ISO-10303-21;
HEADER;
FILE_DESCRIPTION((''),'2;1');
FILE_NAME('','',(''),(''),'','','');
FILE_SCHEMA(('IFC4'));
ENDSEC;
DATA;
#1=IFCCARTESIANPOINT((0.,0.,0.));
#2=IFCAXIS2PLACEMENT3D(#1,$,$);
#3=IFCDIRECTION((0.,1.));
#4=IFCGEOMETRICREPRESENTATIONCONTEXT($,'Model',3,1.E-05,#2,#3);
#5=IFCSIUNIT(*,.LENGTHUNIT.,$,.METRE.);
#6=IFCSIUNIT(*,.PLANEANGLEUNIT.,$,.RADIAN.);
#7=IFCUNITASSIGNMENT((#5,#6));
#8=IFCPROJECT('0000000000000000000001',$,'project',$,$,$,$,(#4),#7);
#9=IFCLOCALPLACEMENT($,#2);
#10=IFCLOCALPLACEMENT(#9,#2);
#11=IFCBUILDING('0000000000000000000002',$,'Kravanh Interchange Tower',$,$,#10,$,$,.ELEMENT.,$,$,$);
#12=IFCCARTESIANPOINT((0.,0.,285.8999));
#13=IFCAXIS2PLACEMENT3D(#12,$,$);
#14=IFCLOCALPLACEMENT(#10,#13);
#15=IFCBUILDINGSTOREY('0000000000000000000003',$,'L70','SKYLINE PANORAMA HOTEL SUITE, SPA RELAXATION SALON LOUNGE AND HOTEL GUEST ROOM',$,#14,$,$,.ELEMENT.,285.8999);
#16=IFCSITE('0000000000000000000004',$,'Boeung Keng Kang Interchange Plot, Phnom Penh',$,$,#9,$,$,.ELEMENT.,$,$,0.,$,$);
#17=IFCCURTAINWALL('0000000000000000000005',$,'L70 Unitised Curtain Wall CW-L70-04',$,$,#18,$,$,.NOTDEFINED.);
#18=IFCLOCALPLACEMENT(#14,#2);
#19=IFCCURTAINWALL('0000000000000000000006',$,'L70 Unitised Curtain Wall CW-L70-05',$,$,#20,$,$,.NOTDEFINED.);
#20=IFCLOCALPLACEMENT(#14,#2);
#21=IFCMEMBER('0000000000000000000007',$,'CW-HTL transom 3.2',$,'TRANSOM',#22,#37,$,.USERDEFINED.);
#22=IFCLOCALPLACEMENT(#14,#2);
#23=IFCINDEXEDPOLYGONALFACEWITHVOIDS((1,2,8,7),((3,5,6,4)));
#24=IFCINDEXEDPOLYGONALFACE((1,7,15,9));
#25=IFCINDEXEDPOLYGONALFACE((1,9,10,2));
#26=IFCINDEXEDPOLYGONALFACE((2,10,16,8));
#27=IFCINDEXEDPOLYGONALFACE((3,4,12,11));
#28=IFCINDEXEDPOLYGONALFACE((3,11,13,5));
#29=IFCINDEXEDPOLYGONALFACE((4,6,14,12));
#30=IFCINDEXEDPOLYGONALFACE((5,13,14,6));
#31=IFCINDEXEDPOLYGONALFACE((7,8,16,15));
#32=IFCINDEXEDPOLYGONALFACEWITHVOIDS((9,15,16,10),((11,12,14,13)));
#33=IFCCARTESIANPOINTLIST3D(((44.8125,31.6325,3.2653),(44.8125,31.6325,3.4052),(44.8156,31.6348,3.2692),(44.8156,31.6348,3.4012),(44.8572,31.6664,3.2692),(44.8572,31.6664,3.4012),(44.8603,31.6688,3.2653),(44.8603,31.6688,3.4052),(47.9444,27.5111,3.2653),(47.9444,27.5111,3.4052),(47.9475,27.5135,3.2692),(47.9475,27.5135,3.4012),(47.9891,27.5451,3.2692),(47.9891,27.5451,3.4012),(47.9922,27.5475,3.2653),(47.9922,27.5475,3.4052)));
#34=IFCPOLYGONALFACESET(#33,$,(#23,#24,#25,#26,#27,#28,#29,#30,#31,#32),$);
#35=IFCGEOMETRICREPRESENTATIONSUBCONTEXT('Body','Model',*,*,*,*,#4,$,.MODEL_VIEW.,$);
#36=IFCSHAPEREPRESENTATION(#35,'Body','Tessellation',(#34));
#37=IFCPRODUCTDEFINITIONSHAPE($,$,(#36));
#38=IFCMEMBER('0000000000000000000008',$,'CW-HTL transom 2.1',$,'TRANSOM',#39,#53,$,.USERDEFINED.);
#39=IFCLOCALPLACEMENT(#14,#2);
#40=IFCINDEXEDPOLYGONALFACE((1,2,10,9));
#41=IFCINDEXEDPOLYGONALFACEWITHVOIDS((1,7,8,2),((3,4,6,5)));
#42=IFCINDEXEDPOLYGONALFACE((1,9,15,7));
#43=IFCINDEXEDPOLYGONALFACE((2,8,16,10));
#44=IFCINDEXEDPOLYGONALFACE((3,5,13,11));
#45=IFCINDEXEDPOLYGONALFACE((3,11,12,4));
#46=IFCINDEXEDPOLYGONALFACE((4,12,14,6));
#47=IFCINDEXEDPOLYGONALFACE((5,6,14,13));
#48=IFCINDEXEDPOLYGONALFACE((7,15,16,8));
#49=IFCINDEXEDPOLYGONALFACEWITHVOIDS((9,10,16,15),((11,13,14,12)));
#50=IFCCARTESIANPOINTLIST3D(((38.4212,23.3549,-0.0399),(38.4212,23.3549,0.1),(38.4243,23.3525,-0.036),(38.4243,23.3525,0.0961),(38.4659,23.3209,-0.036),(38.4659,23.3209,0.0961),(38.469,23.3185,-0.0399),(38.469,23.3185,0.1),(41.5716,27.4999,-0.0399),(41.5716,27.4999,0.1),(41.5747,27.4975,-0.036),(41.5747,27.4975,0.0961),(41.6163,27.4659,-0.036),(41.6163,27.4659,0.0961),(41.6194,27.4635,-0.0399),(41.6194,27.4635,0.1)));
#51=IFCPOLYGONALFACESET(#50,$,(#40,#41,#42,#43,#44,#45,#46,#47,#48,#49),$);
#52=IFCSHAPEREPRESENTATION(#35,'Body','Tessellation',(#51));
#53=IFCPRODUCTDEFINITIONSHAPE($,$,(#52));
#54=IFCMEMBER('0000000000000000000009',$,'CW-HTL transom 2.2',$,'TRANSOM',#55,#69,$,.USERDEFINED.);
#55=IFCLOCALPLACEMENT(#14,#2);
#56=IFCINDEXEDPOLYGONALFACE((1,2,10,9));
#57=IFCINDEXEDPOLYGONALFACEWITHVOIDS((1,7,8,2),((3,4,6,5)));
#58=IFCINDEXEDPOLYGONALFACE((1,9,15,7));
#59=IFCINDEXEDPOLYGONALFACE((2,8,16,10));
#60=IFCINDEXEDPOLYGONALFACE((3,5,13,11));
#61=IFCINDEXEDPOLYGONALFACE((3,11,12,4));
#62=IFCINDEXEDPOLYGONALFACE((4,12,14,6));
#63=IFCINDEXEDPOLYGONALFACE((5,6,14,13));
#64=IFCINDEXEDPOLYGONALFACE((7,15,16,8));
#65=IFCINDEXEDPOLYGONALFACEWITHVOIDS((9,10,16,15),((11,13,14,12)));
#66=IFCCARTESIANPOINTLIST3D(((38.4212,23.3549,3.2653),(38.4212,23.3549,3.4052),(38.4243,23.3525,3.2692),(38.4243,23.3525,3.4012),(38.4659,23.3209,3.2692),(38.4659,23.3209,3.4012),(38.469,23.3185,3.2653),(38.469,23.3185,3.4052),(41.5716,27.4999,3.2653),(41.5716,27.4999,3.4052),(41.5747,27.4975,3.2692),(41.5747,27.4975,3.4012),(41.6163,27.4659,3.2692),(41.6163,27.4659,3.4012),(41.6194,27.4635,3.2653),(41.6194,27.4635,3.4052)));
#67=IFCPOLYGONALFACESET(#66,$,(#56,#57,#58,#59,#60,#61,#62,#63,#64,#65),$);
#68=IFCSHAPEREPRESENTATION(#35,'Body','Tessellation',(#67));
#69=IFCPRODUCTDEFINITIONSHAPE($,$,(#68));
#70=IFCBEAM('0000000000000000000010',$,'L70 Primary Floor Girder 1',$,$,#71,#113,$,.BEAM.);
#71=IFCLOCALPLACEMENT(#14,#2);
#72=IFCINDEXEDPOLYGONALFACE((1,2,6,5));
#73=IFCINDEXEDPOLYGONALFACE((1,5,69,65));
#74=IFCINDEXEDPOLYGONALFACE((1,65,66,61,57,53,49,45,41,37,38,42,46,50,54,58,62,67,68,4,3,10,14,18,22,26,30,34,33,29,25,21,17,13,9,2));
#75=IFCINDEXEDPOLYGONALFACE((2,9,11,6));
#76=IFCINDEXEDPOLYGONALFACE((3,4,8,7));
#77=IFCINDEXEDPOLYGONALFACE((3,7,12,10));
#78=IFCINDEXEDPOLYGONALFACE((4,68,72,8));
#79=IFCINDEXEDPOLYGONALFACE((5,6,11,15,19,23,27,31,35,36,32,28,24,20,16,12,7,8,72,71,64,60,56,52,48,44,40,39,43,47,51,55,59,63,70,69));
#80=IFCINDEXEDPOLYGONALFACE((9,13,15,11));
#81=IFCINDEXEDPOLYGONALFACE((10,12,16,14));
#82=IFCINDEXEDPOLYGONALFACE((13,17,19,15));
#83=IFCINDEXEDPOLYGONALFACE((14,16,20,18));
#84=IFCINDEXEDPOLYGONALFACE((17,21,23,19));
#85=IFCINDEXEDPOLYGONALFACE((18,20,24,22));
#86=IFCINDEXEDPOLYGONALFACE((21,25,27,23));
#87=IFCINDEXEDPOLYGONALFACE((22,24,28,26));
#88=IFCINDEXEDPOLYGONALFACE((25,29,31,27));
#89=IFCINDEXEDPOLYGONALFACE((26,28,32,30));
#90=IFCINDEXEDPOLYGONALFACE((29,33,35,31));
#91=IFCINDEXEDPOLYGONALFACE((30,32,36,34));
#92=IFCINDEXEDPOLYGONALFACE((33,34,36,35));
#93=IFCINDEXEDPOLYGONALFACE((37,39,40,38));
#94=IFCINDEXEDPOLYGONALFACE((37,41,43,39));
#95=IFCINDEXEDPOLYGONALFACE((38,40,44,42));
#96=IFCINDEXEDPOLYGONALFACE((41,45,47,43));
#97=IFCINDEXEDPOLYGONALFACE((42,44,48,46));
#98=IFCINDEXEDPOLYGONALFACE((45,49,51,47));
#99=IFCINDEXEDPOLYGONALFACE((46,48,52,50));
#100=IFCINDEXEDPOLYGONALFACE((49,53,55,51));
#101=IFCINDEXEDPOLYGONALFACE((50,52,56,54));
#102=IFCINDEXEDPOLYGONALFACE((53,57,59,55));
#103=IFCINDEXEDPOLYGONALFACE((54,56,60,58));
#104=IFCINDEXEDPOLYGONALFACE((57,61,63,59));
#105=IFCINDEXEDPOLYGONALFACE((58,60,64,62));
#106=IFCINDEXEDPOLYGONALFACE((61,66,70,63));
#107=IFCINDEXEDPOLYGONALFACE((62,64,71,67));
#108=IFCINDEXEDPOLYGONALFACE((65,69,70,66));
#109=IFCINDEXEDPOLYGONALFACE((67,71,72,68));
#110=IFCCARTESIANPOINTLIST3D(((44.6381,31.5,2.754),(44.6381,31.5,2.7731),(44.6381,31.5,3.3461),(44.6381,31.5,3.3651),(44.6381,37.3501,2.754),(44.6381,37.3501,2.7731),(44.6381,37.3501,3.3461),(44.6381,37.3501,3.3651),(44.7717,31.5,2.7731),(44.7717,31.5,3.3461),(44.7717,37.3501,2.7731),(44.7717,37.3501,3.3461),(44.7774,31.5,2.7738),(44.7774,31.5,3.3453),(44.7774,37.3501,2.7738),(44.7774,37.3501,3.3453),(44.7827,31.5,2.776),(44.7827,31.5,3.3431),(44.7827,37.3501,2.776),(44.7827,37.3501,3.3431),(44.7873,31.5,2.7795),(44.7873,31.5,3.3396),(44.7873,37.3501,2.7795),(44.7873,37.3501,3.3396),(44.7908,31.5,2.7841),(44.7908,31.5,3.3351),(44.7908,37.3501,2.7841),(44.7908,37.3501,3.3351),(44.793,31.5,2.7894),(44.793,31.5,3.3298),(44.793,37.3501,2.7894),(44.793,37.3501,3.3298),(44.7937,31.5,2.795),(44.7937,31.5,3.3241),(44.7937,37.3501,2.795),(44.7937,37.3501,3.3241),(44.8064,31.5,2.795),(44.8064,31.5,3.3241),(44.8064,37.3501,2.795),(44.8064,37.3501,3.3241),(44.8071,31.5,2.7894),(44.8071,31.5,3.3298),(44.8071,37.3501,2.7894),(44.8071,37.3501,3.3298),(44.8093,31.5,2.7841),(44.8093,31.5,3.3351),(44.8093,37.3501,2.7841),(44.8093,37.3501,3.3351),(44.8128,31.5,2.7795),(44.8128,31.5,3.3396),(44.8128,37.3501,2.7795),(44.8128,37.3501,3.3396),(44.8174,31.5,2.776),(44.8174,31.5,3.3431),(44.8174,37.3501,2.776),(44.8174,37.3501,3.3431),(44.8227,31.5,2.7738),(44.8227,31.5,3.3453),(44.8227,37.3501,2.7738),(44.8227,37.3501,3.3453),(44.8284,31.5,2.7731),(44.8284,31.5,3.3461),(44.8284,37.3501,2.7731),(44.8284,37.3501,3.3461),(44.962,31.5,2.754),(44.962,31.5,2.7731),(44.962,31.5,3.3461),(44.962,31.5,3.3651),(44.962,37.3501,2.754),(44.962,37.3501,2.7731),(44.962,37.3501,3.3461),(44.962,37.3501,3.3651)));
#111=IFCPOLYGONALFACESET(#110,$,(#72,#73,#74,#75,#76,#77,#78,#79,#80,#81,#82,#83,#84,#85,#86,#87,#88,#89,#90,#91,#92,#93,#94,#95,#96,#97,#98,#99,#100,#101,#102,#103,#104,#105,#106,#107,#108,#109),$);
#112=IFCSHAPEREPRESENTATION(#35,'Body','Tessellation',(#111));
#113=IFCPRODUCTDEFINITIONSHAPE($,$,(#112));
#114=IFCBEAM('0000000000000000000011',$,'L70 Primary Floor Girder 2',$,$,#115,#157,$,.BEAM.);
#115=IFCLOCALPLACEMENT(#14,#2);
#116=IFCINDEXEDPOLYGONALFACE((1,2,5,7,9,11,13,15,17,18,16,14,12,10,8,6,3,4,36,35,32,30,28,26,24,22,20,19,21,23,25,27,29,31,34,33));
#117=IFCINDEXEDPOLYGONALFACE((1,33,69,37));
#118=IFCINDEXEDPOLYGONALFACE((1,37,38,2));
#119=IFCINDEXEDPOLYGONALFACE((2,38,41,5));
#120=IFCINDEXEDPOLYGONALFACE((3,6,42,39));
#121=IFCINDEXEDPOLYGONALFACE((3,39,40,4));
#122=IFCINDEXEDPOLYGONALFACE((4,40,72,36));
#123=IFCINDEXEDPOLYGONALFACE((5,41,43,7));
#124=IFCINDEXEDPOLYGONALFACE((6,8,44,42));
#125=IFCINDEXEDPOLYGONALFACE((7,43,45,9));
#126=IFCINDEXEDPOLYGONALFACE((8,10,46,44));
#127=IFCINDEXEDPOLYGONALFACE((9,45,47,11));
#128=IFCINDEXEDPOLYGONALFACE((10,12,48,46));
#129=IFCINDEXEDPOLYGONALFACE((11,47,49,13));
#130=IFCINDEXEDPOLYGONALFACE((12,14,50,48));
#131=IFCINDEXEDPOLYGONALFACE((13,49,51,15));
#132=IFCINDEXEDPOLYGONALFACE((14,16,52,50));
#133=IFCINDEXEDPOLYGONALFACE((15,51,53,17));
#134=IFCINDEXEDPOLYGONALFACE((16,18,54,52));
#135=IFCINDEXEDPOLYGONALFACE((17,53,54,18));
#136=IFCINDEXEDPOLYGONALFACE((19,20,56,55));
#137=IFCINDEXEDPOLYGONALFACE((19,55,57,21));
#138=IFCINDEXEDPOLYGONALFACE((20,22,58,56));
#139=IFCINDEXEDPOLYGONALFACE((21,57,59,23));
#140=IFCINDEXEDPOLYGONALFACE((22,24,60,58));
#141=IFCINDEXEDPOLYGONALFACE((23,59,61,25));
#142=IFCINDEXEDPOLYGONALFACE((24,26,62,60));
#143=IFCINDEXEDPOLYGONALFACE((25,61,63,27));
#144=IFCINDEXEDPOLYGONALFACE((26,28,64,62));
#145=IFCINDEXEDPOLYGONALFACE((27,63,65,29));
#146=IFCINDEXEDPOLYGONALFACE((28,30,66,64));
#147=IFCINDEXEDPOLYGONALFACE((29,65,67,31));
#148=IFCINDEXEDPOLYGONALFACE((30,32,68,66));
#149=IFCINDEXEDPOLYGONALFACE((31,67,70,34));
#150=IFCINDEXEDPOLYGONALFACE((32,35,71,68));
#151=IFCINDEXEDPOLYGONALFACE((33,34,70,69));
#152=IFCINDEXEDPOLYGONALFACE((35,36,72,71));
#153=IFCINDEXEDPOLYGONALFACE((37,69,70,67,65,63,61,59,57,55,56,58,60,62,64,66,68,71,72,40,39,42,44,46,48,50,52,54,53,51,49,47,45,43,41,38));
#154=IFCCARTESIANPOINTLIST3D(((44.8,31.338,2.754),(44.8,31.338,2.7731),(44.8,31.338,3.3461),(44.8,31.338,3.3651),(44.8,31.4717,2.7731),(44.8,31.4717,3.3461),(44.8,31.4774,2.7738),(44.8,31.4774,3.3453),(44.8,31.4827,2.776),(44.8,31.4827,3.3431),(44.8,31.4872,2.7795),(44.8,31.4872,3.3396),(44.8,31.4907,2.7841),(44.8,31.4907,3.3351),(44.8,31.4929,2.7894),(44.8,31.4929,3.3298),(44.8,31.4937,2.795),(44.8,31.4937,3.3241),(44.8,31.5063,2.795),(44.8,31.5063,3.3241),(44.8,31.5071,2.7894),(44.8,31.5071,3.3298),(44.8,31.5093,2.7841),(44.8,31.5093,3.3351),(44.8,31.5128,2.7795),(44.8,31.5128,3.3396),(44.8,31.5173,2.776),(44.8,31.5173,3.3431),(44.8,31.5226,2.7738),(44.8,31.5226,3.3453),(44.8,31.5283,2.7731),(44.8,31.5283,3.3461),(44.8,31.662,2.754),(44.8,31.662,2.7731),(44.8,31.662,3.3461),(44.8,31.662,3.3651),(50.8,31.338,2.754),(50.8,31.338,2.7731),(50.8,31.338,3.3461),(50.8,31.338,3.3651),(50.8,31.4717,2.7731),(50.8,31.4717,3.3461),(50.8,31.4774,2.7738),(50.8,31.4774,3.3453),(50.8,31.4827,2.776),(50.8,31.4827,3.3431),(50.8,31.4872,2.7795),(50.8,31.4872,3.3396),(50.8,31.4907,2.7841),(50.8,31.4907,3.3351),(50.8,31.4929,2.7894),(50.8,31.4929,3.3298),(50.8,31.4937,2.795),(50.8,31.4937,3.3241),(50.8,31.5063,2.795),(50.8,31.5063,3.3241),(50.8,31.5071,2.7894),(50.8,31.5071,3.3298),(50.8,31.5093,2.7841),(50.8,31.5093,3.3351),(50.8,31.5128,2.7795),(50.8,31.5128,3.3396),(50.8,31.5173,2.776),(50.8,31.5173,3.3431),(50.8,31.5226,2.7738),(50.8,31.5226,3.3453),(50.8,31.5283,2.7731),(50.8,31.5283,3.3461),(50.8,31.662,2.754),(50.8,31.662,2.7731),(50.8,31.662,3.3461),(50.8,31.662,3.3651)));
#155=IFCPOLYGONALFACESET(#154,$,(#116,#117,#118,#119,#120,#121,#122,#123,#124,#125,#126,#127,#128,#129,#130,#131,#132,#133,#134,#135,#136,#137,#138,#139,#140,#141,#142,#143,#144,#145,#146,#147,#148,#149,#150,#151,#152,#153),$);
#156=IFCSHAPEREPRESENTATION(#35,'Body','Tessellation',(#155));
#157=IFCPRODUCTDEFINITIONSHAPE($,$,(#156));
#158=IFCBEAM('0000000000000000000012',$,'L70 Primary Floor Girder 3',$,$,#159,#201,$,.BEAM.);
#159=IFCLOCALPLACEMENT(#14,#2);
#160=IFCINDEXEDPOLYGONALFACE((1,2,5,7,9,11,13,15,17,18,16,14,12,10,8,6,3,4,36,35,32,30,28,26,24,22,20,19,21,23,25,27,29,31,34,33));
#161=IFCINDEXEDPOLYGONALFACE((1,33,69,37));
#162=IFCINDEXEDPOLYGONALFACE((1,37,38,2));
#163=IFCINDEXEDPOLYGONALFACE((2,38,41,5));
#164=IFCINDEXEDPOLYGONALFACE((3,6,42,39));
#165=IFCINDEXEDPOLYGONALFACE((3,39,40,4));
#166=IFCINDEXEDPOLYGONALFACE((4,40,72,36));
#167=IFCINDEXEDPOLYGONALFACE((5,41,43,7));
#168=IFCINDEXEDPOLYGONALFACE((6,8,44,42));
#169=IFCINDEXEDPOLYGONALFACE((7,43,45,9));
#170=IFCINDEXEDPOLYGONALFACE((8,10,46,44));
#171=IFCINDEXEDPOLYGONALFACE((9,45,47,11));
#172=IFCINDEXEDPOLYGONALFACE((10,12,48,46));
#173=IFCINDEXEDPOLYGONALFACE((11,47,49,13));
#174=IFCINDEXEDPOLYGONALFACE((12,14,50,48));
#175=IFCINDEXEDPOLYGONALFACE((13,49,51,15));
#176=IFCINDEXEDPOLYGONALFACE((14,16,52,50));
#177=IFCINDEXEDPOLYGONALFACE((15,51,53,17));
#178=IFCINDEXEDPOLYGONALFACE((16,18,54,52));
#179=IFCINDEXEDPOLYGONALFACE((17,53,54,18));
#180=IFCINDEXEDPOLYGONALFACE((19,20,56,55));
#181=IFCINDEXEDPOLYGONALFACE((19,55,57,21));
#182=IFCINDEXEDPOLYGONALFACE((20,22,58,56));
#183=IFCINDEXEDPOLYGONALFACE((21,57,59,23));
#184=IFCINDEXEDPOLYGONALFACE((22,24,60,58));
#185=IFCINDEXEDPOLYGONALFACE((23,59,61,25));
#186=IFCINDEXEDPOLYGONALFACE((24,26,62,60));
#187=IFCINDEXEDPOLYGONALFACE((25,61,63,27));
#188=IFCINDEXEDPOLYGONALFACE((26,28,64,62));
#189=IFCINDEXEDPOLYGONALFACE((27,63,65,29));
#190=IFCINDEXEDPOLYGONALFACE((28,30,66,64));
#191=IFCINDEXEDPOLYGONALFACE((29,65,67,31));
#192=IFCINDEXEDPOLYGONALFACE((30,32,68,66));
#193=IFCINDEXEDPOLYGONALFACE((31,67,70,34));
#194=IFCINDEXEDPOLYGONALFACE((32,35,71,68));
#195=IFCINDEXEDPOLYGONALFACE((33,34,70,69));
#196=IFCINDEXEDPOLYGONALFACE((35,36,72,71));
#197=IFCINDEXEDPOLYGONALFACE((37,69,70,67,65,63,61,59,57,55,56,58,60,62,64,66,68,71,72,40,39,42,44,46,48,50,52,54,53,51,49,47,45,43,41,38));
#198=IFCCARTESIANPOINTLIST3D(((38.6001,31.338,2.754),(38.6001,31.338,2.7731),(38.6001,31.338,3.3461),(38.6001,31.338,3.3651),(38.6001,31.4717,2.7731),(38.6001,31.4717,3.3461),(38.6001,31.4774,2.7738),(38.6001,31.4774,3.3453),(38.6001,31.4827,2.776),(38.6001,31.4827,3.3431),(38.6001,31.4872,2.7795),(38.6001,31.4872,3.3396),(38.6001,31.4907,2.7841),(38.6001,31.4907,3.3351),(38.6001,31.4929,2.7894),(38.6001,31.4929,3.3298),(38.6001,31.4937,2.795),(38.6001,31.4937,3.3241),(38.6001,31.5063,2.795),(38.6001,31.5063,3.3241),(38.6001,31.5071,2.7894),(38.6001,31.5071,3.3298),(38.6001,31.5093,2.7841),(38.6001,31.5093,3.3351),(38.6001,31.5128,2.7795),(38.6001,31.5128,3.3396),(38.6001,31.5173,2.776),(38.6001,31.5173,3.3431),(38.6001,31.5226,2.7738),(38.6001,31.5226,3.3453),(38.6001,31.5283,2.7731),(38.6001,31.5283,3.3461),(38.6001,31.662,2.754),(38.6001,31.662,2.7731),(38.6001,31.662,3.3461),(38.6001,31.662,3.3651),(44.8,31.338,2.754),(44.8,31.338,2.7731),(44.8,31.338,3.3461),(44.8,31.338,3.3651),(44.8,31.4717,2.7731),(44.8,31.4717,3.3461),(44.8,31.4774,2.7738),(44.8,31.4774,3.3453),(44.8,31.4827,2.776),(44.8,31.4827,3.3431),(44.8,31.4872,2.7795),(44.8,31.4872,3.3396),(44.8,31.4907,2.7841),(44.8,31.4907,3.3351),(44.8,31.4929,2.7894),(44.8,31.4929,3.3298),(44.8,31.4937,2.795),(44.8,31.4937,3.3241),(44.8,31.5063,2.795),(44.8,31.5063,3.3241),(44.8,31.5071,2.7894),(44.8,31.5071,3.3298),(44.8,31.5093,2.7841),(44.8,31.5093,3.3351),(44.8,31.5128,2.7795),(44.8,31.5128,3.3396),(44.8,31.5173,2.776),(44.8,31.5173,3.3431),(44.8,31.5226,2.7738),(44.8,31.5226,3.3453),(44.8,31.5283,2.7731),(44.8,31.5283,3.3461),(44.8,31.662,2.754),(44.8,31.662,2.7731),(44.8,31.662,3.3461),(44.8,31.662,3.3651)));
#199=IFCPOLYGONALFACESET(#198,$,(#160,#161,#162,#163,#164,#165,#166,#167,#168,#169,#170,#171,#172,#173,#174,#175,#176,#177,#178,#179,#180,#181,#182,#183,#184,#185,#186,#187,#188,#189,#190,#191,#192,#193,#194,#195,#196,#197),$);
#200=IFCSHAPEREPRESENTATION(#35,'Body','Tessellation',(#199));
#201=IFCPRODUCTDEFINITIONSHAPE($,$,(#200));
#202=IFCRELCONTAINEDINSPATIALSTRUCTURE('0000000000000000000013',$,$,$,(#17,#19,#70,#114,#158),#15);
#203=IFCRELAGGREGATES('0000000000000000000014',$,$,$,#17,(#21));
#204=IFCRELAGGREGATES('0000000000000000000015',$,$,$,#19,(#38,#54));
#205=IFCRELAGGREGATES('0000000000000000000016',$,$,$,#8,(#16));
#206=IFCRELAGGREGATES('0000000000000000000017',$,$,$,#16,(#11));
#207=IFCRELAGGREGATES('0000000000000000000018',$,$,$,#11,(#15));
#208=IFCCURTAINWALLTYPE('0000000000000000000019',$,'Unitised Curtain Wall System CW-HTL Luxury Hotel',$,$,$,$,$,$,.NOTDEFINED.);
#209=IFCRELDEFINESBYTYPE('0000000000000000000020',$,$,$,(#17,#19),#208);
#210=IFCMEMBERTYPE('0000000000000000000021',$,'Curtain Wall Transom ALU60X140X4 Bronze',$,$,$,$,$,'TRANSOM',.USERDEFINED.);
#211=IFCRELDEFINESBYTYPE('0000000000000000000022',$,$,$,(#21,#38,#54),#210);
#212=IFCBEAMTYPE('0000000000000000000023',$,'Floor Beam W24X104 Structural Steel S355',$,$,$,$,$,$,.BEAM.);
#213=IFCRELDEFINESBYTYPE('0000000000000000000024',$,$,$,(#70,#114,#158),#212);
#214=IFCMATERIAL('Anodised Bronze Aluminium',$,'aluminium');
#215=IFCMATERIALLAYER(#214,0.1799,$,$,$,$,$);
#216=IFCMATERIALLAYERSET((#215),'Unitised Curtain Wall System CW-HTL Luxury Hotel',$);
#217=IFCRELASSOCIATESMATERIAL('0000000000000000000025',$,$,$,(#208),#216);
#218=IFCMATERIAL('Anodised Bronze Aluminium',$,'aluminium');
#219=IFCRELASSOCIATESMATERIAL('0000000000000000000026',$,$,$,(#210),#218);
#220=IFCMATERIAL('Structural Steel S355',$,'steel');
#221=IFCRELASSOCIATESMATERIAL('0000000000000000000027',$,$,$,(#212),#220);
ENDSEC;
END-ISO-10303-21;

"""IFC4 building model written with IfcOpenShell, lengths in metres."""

from ifc_helpers import new_model, si_unit, direction, frame, origin, origin_2d, place, context, subcontext, project, spatial, hollow_rectangle, i_section, extrude, material, layer, layer_set, material_profile, profile_set, type_object, element, aggregate, save


model = new_model("IFC4")

# Units and contexts
model_context = context("Model", 3, precision=1e-05, world=origin(), true_north=direction((0.0, 1.0)))
body_context = subcontext(model_context, "Body", "Model", "MODEL_VIEW")
ifc_project = project(units=[si_unit("LENGTHUNIT", "METRE"), si_unit("PLANEANGLEUNIT", "RADIAN")], contexts=[model_context])

# Site, building, storey
site_placement = place(None, origin())
site = spatial("IfcSite", under=ifc_project, at=site_placement, Name="Boeung Keng Kang Interchange Plot, Phnom Penh", CompositionType="ELEMENT", RefElevation=0.0)
building_placement = place(site_placement, origin())
building = spatial("IfcBuilding", under=site, at=building_placement, Name="Kravanh Interchange Tower", CompositionType="ELEMENT")
storey_placement = place(building_placement, frame((0.0, 0.0, 285.8999)))
storey = spatial("IfcBuildingStorey", under=building, at=storey_placement, Name="L70", Description="SKYLINE PANORAMA HOTEL SUITE, SPA RELAXATION SALON LOUNGE AND HOTEL GUEST ROOM", CompositionType="ELEMENT", Elevation=285.8999)

# Curtain walls
ifc_material_1 = material(Name="Anodised Bronze Aluminium", Category="aluminium")
ifc_layer_1 = layer(ifc_material_1, 0.1799)
ifc_layer_set_1 = layer_set([ifc_layer_1], Name="Unitised Curtain Wall System CW-HTL Luxury Hotel")
curtain_wall_type = type_object("IfcCurtainWallType", Name="Unitised Curtain Wall System CW-HTL Luxury Hotel", PredefinedType="NOTDEFINED", material=ifc_layer_set_1)
curtain_wall_1_placement = place(storey_placement, origin())
curtain_wall_1 = element("IfcCurtainWall", 1, at=curtain_wall_1_placement, inside=storey, type_object=curtain_wall_type, Name="L70 Unitised Curtain Wall CW-L70-04", PredefinedType="NOTDEFINED")
curtain_wall_2_placement = place(storey_placement, origin())
curtain_wall_2 = element("IfcCurtainWall", 2, at=curtain_wall_2_placement, inside=storey, type_object=curtain_wall_type, Name="L70 Unitised Curtain Wall CW-L70-05", PredefinedType="NOTDEFINED")

# Members
ifc_material_2 = material(Name="Anodised Bronze Aluminium", Category="aluminium")
ifc_material_profile_1 = material_profile(ifc_material_2, hollow_rectangle(XDim=0.0601, YDim=0.1399, WallThickness=0.0039, at=origin_2d()), Name="ALU60X140X4")
ifc_profile_set_1 = profile_set([ifc_material_profile_1], Name="Anodised Bronze Aluminium")
member_type_1 = type_object("IfcMemberType", Name="Curtain Wall Transom ALU60X140X4 Bronze", ElementType="TRANSOM", PredefinedType="USERDEFINED", material=ifc_profile_set_1)
member_1_placement = place(storey_placement, frame((47.9683, 27.5293, 3.3352), z_axis=(-0.605037, 0.796198, 0.0), x_axis=(-0.796198, -0.605037, 0.0)))
member_1 = element("IfcMember", 3, at=member_1_placement, type_object=member_type_1, Name="CW-HTL transom 3.2", ObjectType="TRANSOM", PredefinedType="USERDEFINED", context=body_context, shape_type="SweptSolid", body=[
    extrude(hollow_rectangle(XDim=0.0601, YDim=0.1399, WallThickness=0.0039, at=origin_2d()), origin(), (0.0, 0.0, 1.0), 5.1763),
])
member_2_placement = place(storey_placement, frame((41.5955, 27.4817, 0.03), z_axis=(-0.605105, -0.796146, 0.0), x_axis=(0.796146, -0.605105, 0.0)))
member_2 = element("IfcMember", 4, at=member_2_placement, type_object=member_type_1, Name="CW-HTL transom 2.1", ObjectType="TRANSOM", PredefinedType="USERDEFINED", context=body_context, shape_type="SweptSolid", body=[
    extrude(hollow_rectangle(XDim=0.0601, YDim=0.1399, WallThickness=0.0039, at=origin_2d()), origin(), (0.0, 0.0, 1.0), 5.2063),
])
member_3_placement = place(storey_placement, frame((41.5955, 27.4817, 3.3352), z_axis=(-0.605105, -0.796146, 0.0), x_axis=(0.796146, -0.605105, 0.0)))
member_3 = element("IfcMember", 5, at=member_3_placement, type_object=member_type_1, Name="CW-HTL transom 2.2", ObjectType="TRANSOM", PredefinedType="USERDEFINED", context=body_context, shape_type="SweptSolid", body=[
    extrude(hollow_rectangle(XDim=0.0601, YDim=0.1399, WallThickness=0.0039, at=origin_2d()), origin(), (0.0, 0.0, 1.0), 5.2063),
])

# Beams
ifc_material_3 = material(Name="Structural Steel S355", Category="steel")
ifc_material_profile_2 = material_profile(ifc_material_3, i_section(OverallWidth=0.324, OverallDepth=0.6111, WebThickness=0.0127, FlangeThickness=0.019, FilletRadius=0.022, at=origin_2d()), Name="W24X104")
ifc_profile_set_2 = profile_set([ifc_material_profile_2], Name="Structural Steel S355")
beam_type_1 = type_object("IfcBeamType", Name="Floor Beam W24X104 Structural Steel S355", PredefinedType="BEAM", material=ifc_profile_set_2)
beam_1_placement = place(storey_placement, frame((44.8, 31.5, 3.0596), z_axis=(0.0, 1.0, 0.0), x_axis=(-1.0, 0.0, 0.0)))
element("IfcBeam", 6, at=beam_1_placement, inside=storey, type_object=beam_type_1, Name="L70 Primary Floor Girder 1", PredefinedType="BEAM", context=body_context, shape_type="SweptSolid", body=[
    extrude(i_section(OverallWidth=0.324, OverallDepth=0.6111, WebThickness=0.0127, FlangeThickness=0.019, FilletRadius=0.022, at=origin_2d()), origin(), (0.0, 0.0, 1.0), 5.8501),
])
beam_2_placement = place(storey_placement, frame((44.8, 31.5, 3.0596), z_axis=(1.0, 0.0, 0.0), x_axis=(0.0, 1.0, 0.0)))
element("IfcBeam", 7, at=beam_2_placement, inside=storey, type_object=beam_type_1, Name="L70 Primary Floor Girder 2", PredefinedType="BEAM", context=body_context, shape_type="SweptSolid", body=[
    extrude(i_section(OverallWidth=0.324, OverallDepth=0.6111, WebThickness=0.0127, FlangeThickness=0.019, FilletRadius=0.022, at=origin_2d()), origin(), (0.0, 0.0, 1.0), 6.0),
])
beam_3_placement = place(storey_placement, frame((44.8, 31.5, 3.0596), z_axis=(-1.0, 0.0, 0.0), x_axis=(0.0, -1.0, 0.0)))
element("IfcBeam", 8, at=beam_3_placement, inside=storey, type_object=beam_type_1, Name="L70 Primary Floor Girder 3", PredefinedType="BEAM", context=body_context, shape_type="SweptSolid", body=[
    extrude(i_section(OverallWidth=0.324, OverallDepth=0.6111, WebThickness=0.0127, FlangeThickness=0.019, FilletRadius=0.022, at=origin_2d()), origin(), (0.0, 0.0, 1.0), 6.2),
])

aggregate(curtain_wall_1, [member_1])
aggregate(curtain_wall_2, [member_2, member_3])

save(model, "model.ifc")
